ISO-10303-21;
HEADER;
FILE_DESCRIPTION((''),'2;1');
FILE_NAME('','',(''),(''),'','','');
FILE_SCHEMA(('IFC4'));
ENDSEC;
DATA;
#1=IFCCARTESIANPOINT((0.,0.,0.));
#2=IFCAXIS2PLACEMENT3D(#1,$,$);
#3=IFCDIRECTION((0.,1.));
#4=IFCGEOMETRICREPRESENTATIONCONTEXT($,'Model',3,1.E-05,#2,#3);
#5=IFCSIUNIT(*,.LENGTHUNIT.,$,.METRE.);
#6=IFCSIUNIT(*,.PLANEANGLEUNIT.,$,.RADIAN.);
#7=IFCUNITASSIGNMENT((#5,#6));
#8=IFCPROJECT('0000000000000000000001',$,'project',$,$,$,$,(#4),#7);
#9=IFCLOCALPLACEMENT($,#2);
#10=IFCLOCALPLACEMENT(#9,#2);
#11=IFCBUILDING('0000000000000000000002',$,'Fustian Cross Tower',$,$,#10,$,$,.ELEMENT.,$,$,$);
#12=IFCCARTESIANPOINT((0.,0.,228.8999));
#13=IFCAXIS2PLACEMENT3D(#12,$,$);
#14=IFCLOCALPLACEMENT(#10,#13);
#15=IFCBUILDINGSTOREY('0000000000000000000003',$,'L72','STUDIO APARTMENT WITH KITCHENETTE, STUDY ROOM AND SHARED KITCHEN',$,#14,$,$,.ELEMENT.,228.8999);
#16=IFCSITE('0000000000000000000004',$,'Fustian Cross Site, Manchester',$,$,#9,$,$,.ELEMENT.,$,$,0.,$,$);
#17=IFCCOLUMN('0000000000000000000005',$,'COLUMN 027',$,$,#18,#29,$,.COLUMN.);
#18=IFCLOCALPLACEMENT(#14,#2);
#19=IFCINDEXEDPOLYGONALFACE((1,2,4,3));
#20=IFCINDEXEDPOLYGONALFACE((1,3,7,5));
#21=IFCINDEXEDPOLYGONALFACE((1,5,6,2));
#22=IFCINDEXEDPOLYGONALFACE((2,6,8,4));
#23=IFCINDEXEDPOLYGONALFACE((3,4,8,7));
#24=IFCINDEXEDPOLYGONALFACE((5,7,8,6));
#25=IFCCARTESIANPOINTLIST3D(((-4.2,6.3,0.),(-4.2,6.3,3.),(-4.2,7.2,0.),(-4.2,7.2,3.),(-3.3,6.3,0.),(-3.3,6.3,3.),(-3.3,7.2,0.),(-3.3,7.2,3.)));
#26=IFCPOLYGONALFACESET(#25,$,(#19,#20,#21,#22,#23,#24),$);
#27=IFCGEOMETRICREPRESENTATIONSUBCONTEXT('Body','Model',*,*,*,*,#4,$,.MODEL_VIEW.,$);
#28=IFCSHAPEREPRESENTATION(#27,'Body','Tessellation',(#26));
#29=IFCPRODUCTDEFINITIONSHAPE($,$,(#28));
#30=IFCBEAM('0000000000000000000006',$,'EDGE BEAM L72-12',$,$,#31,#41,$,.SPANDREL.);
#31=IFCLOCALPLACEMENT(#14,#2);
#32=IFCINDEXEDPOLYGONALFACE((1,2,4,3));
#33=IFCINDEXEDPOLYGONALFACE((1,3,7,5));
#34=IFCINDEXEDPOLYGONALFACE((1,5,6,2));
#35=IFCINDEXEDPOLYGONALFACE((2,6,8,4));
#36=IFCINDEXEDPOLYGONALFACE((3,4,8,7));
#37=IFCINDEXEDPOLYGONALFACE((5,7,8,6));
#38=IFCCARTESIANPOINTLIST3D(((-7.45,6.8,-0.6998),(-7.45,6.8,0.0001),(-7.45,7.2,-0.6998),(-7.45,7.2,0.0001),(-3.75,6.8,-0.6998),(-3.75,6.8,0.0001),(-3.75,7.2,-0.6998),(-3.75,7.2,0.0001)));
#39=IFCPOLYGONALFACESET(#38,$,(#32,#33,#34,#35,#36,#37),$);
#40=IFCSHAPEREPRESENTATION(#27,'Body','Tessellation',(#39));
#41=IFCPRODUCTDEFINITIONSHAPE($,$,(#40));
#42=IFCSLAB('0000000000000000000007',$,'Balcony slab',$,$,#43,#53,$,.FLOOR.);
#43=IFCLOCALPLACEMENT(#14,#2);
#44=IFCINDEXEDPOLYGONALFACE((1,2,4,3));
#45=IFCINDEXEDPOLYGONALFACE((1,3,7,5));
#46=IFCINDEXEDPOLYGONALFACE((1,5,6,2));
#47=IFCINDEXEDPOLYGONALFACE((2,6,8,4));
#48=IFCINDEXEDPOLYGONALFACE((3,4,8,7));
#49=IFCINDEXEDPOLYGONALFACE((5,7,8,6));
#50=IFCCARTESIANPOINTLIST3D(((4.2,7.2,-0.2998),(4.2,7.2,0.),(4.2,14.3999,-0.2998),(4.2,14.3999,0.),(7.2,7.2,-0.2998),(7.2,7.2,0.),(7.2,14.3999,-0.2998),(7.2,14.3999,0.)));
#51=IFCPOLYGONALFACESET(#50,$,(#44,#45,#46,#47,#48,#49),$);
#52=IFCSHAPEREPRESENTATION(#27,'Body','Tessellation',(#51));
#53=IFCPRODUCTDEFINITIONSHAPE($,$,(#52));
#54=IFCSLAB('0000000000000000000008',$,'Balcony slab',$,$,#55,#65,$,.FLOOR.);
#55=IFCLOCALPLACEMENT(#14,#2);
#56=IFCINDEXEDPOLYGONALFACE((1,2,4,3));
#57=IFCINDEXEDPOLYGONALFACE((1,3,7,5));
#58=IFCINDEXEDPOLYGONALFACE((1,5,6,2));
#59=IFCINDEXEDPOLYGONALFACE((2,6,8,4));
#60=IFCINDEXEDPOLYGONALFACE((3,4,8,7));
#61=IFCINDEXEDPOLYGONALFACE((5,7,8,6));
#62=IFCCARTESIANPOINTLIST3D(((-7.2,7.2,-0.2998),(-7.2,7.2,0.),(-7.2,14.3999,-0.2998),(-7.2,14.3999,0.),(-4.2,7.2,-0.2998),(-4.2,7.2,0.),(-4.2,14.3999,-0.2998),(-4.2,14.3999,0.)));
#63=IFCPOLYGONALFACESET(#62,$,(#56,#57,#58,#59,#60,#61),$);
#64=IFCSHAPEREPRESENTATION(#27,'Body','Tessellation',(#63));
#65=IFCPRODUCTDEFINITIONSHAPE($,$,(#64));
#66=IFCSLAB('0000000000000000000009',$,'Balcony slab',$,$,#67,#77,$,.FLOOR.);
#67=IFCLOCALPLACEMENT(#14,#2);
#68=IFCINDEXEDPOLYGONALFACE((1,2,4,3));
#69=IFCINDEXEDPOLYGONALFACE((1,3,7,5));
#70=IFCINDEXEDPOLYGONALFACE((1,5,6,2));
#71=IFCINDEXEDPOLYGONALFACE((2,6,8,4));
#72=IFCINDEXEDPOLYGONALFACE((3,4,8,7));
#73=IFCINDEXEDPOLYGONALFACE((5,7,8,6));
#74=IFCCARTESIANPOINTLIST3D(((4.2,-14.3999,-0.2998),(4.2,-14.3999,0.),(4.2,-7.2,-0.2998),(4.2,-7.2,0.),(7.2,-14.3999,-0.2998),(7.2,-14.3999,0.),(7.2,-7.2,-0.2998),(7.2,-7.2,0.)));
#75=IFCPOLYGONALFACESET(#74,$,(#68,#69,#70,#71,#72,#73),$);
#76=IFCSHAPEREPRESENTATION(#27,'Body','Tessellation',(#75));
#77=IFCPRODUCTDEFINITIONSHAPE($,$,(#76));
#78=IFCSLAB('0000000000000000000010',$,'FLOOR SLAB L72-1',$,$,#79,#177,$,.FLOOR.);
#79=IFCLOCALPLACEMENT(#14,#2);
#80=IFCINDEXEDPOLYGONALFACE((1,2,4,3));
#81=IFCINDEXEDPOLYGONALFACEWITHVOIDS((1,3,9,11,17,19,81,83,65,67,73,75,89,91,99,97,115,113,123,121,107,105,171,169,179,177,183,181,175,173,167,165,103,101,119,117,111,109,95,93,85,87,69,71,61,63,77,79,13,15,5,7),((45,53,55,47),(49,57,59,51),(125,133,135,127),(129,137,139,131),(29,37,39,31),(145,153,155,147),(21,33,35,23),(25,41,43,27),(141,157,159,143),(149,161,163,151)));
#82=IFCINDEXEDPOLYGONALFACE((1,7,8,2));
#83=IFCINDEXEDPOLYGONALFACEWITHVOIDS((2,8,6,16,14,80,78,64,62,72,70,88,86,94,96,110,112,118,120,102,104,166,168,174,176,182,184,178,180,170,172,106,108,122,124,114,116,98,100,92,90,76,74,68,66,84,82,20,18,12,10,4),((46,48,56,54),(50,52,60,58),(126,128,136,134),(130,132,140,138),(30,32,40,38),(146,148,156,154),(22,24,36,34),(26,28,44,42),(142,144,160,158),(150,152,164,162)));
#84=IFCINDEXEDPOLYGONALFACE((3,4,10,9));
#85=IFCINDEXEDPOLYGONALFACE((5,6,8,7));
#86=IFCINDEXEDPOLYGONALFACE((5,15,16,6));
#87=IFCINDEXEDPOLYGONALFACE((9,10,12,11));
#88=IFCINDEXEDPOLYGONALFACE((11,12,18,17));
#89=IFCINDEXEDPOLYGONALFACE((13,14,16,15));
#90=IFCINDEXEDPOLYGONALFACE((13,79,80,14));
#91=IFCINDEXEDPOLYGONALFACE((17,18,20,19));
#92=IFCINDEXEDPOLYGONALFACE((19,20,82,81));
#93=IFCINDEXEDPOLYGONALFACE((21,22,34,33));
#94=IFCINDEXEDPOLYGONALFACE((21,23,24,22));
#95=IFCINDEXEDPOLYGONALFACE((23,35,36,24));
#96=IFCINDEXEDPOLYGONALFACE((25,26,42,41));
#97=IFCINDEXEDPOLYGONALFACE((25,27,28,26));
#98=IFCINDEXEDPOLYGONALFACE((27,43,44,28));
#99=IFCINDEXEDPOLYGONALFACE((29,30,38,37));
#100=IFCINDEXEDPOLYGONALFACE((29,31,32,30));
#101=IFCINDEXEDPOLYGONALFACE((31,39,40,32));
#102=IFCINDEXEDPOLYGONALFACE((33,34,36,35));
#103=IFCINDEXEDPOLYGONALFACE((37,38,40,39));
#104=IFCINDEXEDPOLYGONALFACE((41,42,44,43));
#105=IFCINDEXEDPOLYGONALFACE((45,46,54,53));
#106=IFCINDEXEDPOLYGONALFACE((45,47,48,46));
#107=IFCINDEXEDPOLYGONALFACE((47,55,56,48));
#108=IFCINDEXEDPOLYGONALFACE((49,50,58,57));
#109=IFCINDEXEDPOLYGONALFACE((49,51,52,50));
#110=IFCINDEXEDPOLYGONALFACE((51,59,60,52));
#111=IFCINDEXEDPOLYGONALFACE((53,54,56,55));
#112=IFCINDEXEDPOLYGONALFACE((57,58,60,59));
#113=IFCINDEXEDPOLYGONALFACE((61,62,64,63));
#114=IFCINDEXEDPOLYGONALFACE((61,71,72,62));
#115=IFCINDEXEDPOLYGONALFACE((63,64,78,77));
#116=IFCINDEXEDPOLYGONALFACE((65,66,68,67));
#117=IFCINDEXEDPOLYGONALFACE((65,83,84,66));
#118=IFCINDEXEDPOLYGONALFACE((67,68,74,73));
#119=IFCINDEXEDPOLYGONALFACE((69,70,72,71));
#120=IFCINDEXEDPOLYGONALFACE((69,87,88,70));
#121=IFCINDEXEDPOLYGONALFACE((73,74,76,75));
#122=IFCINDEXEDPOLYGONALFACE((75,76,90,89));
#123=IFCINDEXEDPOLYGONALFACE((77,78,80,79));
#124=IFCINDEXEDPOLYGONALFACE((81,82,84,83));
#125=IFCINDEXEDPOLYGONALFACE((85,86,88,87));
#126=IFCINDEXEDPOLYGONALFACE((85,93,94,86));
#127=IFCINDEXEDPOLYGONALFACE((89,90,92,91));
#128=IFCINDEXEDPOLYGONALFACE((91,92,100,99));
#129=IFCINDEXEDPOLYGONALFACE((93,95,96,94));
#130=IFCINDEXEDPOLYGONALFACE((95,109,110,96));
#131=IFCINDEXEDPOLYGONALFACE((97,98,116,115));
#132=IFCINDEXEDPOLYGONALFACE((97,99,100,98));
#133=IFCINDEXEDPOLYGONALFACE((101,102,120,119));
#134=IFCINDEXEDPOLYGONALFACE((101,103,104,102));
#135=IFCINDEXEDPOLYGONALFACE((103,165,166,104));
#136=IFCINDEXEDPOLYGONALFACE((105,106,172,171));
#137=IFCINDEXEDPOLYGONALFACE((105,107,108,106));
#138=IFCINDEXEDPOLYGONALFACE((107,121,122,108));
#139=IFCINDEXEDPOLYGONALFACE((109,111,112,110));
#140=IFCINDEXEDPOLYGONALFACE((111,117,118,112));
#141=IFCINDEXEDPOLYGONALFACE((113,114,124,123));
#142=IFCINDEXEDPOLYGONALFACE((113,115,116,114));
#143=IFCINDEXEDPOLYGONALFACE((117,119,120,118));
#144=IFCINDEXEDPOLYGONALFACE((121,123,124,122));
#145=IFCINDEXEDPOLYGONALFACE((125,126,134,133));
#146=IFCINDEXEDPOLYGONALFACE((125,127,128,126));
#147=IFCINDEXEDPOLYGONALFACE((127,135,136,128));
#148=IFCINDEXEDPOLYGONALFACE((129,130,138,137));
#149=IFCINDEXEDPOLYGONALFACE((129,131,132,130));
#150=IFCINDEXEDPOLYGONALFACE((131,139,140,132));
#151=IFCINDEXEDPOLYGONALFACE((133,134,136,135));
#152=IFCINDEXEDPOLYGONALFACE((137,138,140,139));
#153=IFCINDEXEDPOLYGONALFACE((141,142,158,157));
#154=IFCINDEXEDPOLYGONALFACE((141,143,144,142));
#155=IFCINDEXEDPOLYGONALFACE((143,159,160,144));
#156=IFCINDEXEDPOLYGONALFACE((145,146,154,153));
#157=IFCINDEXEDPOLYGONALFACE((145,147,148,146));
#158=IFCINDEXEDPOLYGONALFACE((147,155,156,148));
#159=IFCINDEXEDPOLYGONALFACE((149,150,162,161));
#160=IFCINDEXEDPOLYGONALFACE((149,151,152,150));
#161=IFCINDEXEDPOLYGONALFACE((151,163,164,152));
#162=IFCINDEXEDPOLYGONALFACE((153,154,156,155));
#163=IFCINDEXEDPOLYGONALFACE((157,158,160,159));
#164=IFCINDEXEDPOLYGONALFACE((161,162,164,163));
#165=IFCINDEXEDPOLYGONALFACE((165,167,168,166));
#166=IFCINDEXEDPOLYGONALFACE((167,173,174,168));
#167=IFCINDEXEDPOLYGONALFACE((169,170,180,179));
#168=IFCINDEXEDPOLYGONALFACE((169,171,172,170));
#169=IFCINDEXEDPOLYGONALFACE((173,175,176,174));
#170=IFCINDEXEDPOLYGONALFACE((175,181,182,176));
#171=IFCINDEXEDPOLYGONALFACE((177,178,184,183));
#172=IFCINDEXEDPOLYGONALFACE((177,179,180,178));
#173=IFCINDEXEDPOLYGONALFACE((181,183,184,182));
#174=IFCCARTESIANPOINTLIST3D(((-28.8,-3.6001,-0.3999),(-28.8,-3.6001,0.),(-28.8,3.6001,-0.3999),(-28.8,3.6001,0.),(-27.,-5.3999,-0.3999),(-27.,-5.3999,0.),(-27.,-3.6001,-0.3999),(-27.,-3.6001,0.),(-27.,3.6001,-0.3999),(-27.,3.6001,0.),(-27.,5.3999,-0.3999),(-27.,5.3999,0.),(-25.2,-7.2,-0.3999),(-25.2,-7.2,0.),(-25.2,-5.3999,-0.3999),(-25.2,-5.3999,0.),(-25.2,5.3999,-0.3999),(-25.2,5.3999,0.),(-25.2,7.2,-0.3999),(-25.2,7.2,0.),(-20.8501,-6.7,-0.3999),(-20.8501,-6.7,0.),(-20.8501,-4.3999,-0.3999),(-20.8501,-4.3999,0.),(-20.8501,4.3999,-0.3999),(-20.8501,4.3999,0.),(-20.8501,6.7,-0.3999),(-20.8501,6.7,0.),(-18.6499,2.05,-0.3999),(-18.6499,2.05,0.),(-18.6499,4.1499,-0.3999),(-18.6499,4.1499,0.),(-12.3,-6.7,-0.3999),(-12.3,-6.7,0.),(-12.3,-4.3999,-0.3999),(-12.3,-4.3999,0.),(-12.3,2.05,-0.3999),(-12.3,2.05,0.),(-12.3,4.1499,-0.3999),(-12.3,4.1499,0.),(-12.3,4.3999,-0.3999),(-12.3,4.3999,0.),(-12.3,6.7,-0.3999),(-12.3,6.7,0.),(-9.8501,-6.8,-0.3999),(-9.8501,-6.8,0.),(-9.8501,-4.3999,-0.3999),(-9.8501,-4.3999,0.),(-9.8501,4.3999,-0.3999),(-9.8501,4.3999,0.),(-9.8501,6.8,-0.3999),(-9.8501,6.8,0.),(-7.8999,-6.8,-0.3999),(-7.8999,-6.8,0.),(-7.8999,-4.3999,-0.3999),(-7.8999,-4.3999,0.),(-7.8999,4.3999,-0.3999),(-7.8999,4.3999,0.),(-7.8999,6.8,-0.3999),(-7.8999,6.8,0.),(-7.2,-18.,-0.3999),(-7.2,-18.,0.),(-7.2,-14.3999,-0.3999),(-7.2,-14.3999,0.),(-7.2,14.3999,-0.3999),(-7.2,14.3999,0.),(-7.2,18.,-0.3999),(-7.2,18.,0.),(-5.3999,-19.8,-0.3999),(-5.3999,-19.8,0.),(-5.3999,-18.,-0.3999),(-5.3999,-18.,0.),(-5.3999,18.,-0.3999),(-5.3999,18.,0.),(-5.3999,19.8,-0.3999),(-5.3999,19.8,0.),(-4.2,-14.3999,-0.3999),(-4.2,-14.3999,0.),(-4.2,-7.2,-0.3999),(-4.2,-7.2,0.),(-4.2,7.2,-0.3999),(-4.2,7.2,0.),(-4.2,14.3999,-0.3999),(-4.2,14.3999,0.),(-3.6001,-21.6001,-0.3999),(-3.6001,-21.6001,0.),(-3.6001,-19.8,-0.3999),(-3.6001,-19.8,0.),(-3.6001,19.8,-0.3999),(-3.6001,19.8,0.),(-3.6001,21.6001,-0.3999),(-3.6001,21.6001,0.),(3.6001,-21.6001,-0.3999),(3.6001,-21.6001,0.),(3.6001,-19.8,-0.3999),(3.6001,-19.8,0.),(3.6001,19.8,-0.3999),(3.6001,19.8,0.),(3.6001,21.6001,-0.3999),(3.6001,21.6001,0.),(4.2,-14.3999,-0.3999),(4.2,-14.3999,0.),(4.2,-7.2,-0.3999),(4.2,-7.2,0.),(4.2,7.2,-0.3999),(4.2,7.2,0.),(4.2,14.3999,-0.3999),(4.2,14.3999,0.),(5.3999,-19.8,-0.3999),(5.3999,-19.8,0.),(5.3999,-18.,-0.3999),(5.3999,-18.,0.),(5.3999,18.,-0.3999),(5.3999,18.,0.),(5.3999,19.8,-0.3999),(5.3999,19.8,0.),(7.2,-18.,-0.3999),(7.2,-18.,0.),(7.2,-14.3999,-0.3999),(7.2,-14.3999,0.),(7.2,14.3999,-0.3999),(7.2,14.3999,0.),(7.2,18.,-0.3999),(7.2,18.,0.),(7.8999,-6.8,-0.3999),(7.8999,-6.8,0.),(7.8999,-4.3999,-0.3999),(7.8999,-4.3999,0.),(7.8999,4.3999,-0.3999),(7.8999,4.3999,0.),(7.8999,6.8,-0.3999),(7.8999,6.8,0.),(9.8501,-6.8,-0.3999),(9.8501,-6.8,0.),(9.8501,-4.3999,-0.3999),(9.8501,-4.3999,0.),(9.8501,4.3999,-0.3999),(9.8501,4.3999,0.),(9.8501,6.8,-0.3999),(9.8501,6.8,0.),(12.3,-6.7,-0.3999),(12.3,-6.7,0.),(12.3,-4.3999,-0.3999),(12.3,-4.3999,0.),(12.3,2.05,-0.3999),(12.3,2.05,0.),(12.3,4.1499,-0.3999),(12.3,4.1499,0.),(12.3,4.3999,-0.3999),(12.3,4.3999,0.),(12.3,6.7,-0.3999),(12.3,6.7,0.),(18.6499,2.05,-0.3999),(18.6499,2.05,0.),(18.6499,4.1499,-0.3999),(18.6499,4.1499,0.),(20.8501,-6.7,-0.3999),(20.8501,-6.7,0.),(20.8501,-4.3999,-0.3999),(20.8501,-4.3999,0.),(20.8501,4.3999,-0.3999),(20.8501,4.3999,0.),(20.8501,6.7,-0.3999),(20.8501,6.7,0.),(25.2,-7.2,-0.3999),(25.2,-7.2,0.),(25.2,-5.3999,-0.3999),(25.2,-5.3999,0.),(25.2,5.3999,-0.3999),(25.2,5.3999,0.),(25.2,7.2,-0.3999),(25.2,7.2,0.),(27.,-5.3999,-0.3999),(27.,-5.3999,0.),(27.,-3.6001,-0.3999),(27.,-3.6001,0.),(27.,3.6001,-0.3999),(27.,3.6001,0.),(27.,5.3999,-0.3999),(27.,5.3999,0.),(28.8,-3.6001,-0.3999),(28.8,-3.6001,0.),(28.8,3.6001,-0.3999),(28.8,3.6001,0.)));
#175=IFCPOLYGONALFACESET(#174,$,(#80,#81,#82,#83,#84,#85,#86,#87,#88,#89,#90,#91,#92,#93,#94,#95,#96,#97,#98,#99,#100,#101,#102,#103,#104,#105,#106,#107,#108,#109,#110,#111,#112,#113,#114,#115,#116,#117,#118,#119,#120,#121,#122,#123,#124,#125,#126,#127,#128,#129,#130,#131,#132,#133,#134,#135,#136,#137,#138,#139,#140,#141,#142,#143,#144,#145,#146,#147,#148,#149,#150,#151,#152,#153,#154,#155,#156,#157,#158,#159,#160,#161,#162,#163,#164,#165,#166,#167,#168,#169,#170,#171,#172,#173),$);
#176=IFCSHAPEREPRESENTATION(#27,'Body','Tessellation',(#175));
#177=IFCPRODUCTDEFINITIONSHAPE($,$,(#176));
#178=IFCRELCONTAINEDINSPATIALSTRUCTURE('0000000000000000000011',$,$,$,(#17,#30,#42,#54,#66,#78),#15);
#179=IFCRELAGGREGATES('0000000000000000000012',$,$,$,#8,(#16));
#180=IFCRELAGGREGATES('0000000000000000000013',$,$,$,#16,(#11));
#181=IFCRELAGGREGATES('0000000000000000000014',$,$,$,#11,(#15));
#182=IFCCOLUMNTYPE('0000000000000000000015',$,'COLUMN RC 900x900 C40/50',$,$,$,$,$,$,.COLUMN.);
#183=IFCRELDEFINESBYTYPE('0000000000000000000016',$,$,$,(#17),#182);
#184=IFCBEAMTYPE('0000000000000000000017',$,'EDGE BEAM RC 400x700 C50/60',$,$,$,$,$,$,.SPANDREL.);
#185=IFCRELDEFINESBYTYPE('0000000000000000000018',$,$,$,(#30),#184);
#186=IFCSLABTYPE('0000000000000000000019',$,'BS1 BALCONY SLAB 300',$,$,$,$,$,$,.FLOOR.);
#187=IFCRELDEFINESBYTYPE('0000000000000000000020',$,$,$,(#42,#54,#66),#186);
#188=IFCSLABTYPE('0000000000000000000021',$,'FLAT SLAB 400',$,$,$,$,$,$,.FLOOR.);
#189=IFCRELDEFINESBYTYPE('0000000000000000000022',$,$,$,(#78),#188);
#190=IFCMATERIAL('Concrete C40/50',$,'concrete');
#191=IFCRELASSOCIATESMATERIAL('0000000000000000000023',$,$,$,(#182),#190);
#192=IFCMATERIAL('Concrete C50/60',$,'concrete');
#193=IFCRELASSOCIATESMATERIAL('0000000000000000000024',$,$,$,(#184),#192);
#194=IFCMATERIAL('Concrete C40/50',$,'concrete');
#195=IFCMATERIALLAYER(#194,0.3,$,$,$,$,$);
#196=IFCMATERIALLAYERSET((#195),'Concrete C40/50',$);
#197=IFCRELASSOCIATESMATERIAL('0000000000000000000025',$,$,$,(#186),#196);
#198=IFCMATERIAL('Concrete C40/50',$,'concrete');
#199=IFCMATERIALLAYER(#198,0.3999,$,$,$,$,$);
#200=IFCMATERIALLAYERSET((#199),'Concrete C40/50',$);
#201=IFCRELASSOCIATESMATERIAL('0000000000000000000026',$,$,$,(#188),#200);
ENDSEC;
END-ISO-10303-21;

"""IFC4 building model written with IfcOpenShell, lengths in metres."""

from ifc_helpers import new_model, si_unit, direction, frame, origin, origin_2d, place, context, subcontext, project, spatial, polyline, rectangle, outline, extrude, material, layer, layer_set, material_profile, profile_set, type_object, element, save


model = new_model("IFC4")

# Units and contexts
model_context = context("Model", 3, precision=1e-05, world=origin(), true_north=direction((0.0, 1.0)))
body_context = subcontext(model_context, "Body", "Model", "MODEL_VIEW")
ifc_project = project(units=[si_unit("LENGTHUNIT", "METRE"), si_unit("PLANEANGLEUNIT", "RADIAN")], contexts=[model_context])

# Site, building, storey
site_placement = place(None, origin())
site = spatial("IfcSite", under=ifc_project, at=site_placement, Name="Fustian Cross Site, Manchester", CompositionType="ELEMENT", RefElevation=0.0)
building_placement = place(site_placement, origin())
building = spatial("IfcBuilding", under=site, at=building_placement, Name="Fustian Cross Tower", CompositionType="ELEMENT")
storey_placement = place(building_placement, frame((0.0, 0.0, 228.8999)))
storey = spatial("IfcBuildingStorey", under=building, at=storey_placement, Name="L72", Description="STUDIO APARTMENT WITH KITCHENETTE, STUDY ROOM AND SHARED KITCHEN", CompositionType="ELEMENT", Elevation=228.8999)

# Column
ifc_material_1 = material(Name="Concrete C40/50", Category="concrete")
ifc_material_profile_1 = material_profile(ifc_material_1, rectangle(XDim=0.8999, YDim=0.8999, at=origin_2d()), Name="RC 900x900")
ifc_profile_set_1 = profile_set([ifc_material_profile_1], Name="Concrete C40/50")
column_type = type_object("IfcColumnType", Name="COLUMN RC 900x900 C40/50", PredefinedType="COLUMN", material=ifc_profile_set_1)
column_placement = place(storey_placement, frame((-3.75, 6.75, 0.0), z_axis=(0.0, 0.0, 1.0), x_axis=(1.0, 0.0, 0.0)))
element("IfcColumn", 1, at=column_placement, inside=storey, type_object=column_type, Name="COLUMN 027", PredefinedType="COLUMN", context=body_context, shape_type="SweptSolid", body=[
    extrude(rectangle(XDim=0.8999, YDim=0.8999, at=origin_2d()), origin(), (0.0, 0.0, 1.0), 3.0),
])

# Beam
ifc_material_2 = material(Name="Concrete C50/60", Category="concrete")
ifc_material_profile_2 = material_profile(ifc_material_2, rectangle(XDim=0.3999, YDim=0.7, at=origin_2d()), Name="RC 400x700")
ifc_profile_set_2 = profile_set([ifc_material_profile_2], Name="Concrete C50/60")
beam_type = type_object("IfcBeamType", Name="EDGE BEAM RC 400x700 C50/60", PredefinedType="SPANDREL", material=ifc_profile_set_2)
beam_placement = place(storey_placement, frame((-3.75, 7.0, -0.3499), z_axis=(-1.0, 0.0, 0.0), x_axis=(0.0, -1.0, 0.0)))
element("IfcBeam", 2, at=beam_placement, inside=storey, type_object=beam_type, Name="EDGE BEAM L72-12", PredefinedType="SPANDREL", context=body_context, shape_type="SweptSolid", body=[
    extrude(rectangle(XDim=0.3999, YDim=0.7, at=origin_2d()), origin(), (0.0, 0.0, 1.0), 3.7),
])

# Slabs
ifc_material_3 = material(Name="Concrete C40/50", Category="concrete")
ifc_layer_1 = layer(ifc_material_3, 0.3)
ifc_layer_set_1 = layer_set([ifc_layer_1], Name="Concrete C40/50")
slab_type_1 = type_object("IfcSlabType", Name="BS1 BALCONY SLAB 300", PredefinedType="FLOOR", material=ifc_layer_set_1)
slab_1_placement = place(storey_placement, frame((0.0, 0.0, -0.2998)))
element("IfcSlab", 3, at=slab_1_placement, inside=storey, type_object=slab_type_1, Name="Balcony slab", PredefinedType="FLOOR", context=body_context, shape_type="SweptSolid", body=[
    extrude(outline(polyline([(4.2, 7.2), (7.2, 7.2), (7.2, 14.3999), (4.2, 14.3999), (4.2, 7.2)])), origin(), (0.0, 0.0, 1.0), 0.2998),
])
slab_2_placement = place(storey_placement, frame((0.0, 0.0, -0.2998)))
element("IfcSlab", 4, at=slab_2_placement, inside=storey, type_object=slab_type_1, Name="Balcony slab", PredefinedType="FLOOR", context=body_context, shape_type="SweptSolid", body=[
    extrude(outline(polyline([(-7.2, 7.2), (-4.2, 7.2), (-4.2, 14.3999), (-7.2, 14.3999), (-7.2, 7.2)])), origin(), (0.0, 0.0, 1.0), 0.2998),
])
slab_3_placement = place(storey_placement, frame((0.0, 0.0, -0.2998)))
element("IfcSlab", 5, at=slab_3_placement, inside=storey, type_object=slab_type_1, Name="Balcony slab", PredefinedType="FLOOR", context=body_context, shape_type="SweptSolid", body=[
    extrude(outline(polyline([(4.2, -14.3999), (7.2, -14.3999), (7.2, -7.2), (4.2, -7.2), (4.2, -14.3999)])), origin(), (0.0, 0.0, 1.0), 0.2998),
])
ifc_material_4 = material(Name="Concrete C40/50", Category="concrete")
ifc_layer_2 = layer(ifc_material_4, 0.3999)
ifc_layer_set_2 = layer_set([ifc_layer_2], Name="Concrete C40/50")
slab_type_2 = type_object("IfcSlabType", Name="FLAT SLAB 400", PredefinedType="FLOOR", material=ifc_layer_set_2)
slab_4_placement = place(storey_placement, frame((0.0, 0.0, -0.3999)))
element("IfcSlab", 6, at=slab_4_placement, inside=storey, type_object=slab_type_2, Name="FLOOR SLAB L72-1", PredefinedType="FLOOR", context=body_context, shape_type="SweptSolid", body=[
    extrude(outline(polyline([(-3.6001, -19.8), (-5.3999, -19.8), (-5.3999, -18.0), (-7.2, -18.0), (-7.2, -14.3999), (-4.2, -14.3999), (-4.2, -7.2), (-25.2, -7.2), (-25.2, -5.3999), (-27.0, -5.3999), (-27.0, -3.6001), (-28.8, -3.6001), (-28.8, 3.6001), (-27.0, 3.6001), (-27.0, 5.3999), (-25.2, 5.3999), (-25.2, 7.2), (-4.2, 7.2), (-4.2, 14.3999), (-7.2, 14.3999), (-7.2, 18.0), (-5.3999, 18.0), (-5.3999, 19.8), (-3.6001, 19.8), (-3.6001, 21.6001), (3.6001, 21.6001), (3.6001, 19.8), (5.3999, 19.8), (5.3999, 18.0), (7.2, 18.0), (7.2, 14.3999), (4.2, 14.3999), (4.2, 7.2), (25.2, 7.2), (25.2, 5.3999), (27.0, 5.3999), (27.0, 3.6001), (28.8, 3.6001), (28.8, -3.6001), (27.0, -3.6001), (27.0, -5.3999), (25.2, -5.3999), (25.2, -7.2), (4.2, -7.2), (4.2, -14.3999), (7.2, -14.3999), (7.2, -18.0), (5.3999, -18.0), (5.3999, -19.8), (3.6001, -19.8), (3.6001, -21.6001), (-3.6001, -21.6001), (-3.6001, -19.8)]), holes=[polyline([(7.8999, 6.8), (7.8999, 4.3999), (9.8501, 4.3999), (9.8501, 6.8), (7.8999, 6.8)]), polyline([(9.8501, -4.3999), (7.8999, -4.3999), (7.8999, -6.8), (9.8501, -6.8), (9.8501, -4.3999)]), polyline([(-7.8999, 4.3999), (-7.8999, 6.8), (-9.8501, 6.8), (-9.8501, 4.3999), (-7.8999, 4.3999)]), polyline([(-9.8501, -6.8), (-7.8999, -6.8), (-7.8999, -4.3999), (-9.8501, -4.3999), (-9.8501, -6.8)]), polyline([(12.3, 4.1499), (12.3, 2.05), (18.6499, 2.05), (18.6499, 4.1499), (12.3, 4.1499)]), polyline([(-12.3, 4.1499), (-18.6499, 4.1499), (-18.6499, 2.05), (-12.3, 2.05), (-12.3, 4.1499)]), polyline([(20.8501, 4.3999), (20.8501, 6.7), (12.3, 6.7), (12.3, 4.3999), (20.8501, 4.3999)]), polyline([(12.3, -6.7), (20.8501, -6.7), (20.8501, -4.3999), (12.3, -4.3999), (12.3, -6.7)]), polyline([(-20.8501, 6.7), (-20.8501, 4.3999), (-12.3, 4.3999), (-12.3, 6.7), (-20.8501, 6.7)]), polyline([(-12.3, -4.3999), (-20.8501, -4.3999), (-20.8501, -6.7), (-12.3, -6.7), (-12.3, -4.3999)])]), origin(), (0.0, 0.0, 1.0), 0.3999),
])

save(model, "model.ifc")
